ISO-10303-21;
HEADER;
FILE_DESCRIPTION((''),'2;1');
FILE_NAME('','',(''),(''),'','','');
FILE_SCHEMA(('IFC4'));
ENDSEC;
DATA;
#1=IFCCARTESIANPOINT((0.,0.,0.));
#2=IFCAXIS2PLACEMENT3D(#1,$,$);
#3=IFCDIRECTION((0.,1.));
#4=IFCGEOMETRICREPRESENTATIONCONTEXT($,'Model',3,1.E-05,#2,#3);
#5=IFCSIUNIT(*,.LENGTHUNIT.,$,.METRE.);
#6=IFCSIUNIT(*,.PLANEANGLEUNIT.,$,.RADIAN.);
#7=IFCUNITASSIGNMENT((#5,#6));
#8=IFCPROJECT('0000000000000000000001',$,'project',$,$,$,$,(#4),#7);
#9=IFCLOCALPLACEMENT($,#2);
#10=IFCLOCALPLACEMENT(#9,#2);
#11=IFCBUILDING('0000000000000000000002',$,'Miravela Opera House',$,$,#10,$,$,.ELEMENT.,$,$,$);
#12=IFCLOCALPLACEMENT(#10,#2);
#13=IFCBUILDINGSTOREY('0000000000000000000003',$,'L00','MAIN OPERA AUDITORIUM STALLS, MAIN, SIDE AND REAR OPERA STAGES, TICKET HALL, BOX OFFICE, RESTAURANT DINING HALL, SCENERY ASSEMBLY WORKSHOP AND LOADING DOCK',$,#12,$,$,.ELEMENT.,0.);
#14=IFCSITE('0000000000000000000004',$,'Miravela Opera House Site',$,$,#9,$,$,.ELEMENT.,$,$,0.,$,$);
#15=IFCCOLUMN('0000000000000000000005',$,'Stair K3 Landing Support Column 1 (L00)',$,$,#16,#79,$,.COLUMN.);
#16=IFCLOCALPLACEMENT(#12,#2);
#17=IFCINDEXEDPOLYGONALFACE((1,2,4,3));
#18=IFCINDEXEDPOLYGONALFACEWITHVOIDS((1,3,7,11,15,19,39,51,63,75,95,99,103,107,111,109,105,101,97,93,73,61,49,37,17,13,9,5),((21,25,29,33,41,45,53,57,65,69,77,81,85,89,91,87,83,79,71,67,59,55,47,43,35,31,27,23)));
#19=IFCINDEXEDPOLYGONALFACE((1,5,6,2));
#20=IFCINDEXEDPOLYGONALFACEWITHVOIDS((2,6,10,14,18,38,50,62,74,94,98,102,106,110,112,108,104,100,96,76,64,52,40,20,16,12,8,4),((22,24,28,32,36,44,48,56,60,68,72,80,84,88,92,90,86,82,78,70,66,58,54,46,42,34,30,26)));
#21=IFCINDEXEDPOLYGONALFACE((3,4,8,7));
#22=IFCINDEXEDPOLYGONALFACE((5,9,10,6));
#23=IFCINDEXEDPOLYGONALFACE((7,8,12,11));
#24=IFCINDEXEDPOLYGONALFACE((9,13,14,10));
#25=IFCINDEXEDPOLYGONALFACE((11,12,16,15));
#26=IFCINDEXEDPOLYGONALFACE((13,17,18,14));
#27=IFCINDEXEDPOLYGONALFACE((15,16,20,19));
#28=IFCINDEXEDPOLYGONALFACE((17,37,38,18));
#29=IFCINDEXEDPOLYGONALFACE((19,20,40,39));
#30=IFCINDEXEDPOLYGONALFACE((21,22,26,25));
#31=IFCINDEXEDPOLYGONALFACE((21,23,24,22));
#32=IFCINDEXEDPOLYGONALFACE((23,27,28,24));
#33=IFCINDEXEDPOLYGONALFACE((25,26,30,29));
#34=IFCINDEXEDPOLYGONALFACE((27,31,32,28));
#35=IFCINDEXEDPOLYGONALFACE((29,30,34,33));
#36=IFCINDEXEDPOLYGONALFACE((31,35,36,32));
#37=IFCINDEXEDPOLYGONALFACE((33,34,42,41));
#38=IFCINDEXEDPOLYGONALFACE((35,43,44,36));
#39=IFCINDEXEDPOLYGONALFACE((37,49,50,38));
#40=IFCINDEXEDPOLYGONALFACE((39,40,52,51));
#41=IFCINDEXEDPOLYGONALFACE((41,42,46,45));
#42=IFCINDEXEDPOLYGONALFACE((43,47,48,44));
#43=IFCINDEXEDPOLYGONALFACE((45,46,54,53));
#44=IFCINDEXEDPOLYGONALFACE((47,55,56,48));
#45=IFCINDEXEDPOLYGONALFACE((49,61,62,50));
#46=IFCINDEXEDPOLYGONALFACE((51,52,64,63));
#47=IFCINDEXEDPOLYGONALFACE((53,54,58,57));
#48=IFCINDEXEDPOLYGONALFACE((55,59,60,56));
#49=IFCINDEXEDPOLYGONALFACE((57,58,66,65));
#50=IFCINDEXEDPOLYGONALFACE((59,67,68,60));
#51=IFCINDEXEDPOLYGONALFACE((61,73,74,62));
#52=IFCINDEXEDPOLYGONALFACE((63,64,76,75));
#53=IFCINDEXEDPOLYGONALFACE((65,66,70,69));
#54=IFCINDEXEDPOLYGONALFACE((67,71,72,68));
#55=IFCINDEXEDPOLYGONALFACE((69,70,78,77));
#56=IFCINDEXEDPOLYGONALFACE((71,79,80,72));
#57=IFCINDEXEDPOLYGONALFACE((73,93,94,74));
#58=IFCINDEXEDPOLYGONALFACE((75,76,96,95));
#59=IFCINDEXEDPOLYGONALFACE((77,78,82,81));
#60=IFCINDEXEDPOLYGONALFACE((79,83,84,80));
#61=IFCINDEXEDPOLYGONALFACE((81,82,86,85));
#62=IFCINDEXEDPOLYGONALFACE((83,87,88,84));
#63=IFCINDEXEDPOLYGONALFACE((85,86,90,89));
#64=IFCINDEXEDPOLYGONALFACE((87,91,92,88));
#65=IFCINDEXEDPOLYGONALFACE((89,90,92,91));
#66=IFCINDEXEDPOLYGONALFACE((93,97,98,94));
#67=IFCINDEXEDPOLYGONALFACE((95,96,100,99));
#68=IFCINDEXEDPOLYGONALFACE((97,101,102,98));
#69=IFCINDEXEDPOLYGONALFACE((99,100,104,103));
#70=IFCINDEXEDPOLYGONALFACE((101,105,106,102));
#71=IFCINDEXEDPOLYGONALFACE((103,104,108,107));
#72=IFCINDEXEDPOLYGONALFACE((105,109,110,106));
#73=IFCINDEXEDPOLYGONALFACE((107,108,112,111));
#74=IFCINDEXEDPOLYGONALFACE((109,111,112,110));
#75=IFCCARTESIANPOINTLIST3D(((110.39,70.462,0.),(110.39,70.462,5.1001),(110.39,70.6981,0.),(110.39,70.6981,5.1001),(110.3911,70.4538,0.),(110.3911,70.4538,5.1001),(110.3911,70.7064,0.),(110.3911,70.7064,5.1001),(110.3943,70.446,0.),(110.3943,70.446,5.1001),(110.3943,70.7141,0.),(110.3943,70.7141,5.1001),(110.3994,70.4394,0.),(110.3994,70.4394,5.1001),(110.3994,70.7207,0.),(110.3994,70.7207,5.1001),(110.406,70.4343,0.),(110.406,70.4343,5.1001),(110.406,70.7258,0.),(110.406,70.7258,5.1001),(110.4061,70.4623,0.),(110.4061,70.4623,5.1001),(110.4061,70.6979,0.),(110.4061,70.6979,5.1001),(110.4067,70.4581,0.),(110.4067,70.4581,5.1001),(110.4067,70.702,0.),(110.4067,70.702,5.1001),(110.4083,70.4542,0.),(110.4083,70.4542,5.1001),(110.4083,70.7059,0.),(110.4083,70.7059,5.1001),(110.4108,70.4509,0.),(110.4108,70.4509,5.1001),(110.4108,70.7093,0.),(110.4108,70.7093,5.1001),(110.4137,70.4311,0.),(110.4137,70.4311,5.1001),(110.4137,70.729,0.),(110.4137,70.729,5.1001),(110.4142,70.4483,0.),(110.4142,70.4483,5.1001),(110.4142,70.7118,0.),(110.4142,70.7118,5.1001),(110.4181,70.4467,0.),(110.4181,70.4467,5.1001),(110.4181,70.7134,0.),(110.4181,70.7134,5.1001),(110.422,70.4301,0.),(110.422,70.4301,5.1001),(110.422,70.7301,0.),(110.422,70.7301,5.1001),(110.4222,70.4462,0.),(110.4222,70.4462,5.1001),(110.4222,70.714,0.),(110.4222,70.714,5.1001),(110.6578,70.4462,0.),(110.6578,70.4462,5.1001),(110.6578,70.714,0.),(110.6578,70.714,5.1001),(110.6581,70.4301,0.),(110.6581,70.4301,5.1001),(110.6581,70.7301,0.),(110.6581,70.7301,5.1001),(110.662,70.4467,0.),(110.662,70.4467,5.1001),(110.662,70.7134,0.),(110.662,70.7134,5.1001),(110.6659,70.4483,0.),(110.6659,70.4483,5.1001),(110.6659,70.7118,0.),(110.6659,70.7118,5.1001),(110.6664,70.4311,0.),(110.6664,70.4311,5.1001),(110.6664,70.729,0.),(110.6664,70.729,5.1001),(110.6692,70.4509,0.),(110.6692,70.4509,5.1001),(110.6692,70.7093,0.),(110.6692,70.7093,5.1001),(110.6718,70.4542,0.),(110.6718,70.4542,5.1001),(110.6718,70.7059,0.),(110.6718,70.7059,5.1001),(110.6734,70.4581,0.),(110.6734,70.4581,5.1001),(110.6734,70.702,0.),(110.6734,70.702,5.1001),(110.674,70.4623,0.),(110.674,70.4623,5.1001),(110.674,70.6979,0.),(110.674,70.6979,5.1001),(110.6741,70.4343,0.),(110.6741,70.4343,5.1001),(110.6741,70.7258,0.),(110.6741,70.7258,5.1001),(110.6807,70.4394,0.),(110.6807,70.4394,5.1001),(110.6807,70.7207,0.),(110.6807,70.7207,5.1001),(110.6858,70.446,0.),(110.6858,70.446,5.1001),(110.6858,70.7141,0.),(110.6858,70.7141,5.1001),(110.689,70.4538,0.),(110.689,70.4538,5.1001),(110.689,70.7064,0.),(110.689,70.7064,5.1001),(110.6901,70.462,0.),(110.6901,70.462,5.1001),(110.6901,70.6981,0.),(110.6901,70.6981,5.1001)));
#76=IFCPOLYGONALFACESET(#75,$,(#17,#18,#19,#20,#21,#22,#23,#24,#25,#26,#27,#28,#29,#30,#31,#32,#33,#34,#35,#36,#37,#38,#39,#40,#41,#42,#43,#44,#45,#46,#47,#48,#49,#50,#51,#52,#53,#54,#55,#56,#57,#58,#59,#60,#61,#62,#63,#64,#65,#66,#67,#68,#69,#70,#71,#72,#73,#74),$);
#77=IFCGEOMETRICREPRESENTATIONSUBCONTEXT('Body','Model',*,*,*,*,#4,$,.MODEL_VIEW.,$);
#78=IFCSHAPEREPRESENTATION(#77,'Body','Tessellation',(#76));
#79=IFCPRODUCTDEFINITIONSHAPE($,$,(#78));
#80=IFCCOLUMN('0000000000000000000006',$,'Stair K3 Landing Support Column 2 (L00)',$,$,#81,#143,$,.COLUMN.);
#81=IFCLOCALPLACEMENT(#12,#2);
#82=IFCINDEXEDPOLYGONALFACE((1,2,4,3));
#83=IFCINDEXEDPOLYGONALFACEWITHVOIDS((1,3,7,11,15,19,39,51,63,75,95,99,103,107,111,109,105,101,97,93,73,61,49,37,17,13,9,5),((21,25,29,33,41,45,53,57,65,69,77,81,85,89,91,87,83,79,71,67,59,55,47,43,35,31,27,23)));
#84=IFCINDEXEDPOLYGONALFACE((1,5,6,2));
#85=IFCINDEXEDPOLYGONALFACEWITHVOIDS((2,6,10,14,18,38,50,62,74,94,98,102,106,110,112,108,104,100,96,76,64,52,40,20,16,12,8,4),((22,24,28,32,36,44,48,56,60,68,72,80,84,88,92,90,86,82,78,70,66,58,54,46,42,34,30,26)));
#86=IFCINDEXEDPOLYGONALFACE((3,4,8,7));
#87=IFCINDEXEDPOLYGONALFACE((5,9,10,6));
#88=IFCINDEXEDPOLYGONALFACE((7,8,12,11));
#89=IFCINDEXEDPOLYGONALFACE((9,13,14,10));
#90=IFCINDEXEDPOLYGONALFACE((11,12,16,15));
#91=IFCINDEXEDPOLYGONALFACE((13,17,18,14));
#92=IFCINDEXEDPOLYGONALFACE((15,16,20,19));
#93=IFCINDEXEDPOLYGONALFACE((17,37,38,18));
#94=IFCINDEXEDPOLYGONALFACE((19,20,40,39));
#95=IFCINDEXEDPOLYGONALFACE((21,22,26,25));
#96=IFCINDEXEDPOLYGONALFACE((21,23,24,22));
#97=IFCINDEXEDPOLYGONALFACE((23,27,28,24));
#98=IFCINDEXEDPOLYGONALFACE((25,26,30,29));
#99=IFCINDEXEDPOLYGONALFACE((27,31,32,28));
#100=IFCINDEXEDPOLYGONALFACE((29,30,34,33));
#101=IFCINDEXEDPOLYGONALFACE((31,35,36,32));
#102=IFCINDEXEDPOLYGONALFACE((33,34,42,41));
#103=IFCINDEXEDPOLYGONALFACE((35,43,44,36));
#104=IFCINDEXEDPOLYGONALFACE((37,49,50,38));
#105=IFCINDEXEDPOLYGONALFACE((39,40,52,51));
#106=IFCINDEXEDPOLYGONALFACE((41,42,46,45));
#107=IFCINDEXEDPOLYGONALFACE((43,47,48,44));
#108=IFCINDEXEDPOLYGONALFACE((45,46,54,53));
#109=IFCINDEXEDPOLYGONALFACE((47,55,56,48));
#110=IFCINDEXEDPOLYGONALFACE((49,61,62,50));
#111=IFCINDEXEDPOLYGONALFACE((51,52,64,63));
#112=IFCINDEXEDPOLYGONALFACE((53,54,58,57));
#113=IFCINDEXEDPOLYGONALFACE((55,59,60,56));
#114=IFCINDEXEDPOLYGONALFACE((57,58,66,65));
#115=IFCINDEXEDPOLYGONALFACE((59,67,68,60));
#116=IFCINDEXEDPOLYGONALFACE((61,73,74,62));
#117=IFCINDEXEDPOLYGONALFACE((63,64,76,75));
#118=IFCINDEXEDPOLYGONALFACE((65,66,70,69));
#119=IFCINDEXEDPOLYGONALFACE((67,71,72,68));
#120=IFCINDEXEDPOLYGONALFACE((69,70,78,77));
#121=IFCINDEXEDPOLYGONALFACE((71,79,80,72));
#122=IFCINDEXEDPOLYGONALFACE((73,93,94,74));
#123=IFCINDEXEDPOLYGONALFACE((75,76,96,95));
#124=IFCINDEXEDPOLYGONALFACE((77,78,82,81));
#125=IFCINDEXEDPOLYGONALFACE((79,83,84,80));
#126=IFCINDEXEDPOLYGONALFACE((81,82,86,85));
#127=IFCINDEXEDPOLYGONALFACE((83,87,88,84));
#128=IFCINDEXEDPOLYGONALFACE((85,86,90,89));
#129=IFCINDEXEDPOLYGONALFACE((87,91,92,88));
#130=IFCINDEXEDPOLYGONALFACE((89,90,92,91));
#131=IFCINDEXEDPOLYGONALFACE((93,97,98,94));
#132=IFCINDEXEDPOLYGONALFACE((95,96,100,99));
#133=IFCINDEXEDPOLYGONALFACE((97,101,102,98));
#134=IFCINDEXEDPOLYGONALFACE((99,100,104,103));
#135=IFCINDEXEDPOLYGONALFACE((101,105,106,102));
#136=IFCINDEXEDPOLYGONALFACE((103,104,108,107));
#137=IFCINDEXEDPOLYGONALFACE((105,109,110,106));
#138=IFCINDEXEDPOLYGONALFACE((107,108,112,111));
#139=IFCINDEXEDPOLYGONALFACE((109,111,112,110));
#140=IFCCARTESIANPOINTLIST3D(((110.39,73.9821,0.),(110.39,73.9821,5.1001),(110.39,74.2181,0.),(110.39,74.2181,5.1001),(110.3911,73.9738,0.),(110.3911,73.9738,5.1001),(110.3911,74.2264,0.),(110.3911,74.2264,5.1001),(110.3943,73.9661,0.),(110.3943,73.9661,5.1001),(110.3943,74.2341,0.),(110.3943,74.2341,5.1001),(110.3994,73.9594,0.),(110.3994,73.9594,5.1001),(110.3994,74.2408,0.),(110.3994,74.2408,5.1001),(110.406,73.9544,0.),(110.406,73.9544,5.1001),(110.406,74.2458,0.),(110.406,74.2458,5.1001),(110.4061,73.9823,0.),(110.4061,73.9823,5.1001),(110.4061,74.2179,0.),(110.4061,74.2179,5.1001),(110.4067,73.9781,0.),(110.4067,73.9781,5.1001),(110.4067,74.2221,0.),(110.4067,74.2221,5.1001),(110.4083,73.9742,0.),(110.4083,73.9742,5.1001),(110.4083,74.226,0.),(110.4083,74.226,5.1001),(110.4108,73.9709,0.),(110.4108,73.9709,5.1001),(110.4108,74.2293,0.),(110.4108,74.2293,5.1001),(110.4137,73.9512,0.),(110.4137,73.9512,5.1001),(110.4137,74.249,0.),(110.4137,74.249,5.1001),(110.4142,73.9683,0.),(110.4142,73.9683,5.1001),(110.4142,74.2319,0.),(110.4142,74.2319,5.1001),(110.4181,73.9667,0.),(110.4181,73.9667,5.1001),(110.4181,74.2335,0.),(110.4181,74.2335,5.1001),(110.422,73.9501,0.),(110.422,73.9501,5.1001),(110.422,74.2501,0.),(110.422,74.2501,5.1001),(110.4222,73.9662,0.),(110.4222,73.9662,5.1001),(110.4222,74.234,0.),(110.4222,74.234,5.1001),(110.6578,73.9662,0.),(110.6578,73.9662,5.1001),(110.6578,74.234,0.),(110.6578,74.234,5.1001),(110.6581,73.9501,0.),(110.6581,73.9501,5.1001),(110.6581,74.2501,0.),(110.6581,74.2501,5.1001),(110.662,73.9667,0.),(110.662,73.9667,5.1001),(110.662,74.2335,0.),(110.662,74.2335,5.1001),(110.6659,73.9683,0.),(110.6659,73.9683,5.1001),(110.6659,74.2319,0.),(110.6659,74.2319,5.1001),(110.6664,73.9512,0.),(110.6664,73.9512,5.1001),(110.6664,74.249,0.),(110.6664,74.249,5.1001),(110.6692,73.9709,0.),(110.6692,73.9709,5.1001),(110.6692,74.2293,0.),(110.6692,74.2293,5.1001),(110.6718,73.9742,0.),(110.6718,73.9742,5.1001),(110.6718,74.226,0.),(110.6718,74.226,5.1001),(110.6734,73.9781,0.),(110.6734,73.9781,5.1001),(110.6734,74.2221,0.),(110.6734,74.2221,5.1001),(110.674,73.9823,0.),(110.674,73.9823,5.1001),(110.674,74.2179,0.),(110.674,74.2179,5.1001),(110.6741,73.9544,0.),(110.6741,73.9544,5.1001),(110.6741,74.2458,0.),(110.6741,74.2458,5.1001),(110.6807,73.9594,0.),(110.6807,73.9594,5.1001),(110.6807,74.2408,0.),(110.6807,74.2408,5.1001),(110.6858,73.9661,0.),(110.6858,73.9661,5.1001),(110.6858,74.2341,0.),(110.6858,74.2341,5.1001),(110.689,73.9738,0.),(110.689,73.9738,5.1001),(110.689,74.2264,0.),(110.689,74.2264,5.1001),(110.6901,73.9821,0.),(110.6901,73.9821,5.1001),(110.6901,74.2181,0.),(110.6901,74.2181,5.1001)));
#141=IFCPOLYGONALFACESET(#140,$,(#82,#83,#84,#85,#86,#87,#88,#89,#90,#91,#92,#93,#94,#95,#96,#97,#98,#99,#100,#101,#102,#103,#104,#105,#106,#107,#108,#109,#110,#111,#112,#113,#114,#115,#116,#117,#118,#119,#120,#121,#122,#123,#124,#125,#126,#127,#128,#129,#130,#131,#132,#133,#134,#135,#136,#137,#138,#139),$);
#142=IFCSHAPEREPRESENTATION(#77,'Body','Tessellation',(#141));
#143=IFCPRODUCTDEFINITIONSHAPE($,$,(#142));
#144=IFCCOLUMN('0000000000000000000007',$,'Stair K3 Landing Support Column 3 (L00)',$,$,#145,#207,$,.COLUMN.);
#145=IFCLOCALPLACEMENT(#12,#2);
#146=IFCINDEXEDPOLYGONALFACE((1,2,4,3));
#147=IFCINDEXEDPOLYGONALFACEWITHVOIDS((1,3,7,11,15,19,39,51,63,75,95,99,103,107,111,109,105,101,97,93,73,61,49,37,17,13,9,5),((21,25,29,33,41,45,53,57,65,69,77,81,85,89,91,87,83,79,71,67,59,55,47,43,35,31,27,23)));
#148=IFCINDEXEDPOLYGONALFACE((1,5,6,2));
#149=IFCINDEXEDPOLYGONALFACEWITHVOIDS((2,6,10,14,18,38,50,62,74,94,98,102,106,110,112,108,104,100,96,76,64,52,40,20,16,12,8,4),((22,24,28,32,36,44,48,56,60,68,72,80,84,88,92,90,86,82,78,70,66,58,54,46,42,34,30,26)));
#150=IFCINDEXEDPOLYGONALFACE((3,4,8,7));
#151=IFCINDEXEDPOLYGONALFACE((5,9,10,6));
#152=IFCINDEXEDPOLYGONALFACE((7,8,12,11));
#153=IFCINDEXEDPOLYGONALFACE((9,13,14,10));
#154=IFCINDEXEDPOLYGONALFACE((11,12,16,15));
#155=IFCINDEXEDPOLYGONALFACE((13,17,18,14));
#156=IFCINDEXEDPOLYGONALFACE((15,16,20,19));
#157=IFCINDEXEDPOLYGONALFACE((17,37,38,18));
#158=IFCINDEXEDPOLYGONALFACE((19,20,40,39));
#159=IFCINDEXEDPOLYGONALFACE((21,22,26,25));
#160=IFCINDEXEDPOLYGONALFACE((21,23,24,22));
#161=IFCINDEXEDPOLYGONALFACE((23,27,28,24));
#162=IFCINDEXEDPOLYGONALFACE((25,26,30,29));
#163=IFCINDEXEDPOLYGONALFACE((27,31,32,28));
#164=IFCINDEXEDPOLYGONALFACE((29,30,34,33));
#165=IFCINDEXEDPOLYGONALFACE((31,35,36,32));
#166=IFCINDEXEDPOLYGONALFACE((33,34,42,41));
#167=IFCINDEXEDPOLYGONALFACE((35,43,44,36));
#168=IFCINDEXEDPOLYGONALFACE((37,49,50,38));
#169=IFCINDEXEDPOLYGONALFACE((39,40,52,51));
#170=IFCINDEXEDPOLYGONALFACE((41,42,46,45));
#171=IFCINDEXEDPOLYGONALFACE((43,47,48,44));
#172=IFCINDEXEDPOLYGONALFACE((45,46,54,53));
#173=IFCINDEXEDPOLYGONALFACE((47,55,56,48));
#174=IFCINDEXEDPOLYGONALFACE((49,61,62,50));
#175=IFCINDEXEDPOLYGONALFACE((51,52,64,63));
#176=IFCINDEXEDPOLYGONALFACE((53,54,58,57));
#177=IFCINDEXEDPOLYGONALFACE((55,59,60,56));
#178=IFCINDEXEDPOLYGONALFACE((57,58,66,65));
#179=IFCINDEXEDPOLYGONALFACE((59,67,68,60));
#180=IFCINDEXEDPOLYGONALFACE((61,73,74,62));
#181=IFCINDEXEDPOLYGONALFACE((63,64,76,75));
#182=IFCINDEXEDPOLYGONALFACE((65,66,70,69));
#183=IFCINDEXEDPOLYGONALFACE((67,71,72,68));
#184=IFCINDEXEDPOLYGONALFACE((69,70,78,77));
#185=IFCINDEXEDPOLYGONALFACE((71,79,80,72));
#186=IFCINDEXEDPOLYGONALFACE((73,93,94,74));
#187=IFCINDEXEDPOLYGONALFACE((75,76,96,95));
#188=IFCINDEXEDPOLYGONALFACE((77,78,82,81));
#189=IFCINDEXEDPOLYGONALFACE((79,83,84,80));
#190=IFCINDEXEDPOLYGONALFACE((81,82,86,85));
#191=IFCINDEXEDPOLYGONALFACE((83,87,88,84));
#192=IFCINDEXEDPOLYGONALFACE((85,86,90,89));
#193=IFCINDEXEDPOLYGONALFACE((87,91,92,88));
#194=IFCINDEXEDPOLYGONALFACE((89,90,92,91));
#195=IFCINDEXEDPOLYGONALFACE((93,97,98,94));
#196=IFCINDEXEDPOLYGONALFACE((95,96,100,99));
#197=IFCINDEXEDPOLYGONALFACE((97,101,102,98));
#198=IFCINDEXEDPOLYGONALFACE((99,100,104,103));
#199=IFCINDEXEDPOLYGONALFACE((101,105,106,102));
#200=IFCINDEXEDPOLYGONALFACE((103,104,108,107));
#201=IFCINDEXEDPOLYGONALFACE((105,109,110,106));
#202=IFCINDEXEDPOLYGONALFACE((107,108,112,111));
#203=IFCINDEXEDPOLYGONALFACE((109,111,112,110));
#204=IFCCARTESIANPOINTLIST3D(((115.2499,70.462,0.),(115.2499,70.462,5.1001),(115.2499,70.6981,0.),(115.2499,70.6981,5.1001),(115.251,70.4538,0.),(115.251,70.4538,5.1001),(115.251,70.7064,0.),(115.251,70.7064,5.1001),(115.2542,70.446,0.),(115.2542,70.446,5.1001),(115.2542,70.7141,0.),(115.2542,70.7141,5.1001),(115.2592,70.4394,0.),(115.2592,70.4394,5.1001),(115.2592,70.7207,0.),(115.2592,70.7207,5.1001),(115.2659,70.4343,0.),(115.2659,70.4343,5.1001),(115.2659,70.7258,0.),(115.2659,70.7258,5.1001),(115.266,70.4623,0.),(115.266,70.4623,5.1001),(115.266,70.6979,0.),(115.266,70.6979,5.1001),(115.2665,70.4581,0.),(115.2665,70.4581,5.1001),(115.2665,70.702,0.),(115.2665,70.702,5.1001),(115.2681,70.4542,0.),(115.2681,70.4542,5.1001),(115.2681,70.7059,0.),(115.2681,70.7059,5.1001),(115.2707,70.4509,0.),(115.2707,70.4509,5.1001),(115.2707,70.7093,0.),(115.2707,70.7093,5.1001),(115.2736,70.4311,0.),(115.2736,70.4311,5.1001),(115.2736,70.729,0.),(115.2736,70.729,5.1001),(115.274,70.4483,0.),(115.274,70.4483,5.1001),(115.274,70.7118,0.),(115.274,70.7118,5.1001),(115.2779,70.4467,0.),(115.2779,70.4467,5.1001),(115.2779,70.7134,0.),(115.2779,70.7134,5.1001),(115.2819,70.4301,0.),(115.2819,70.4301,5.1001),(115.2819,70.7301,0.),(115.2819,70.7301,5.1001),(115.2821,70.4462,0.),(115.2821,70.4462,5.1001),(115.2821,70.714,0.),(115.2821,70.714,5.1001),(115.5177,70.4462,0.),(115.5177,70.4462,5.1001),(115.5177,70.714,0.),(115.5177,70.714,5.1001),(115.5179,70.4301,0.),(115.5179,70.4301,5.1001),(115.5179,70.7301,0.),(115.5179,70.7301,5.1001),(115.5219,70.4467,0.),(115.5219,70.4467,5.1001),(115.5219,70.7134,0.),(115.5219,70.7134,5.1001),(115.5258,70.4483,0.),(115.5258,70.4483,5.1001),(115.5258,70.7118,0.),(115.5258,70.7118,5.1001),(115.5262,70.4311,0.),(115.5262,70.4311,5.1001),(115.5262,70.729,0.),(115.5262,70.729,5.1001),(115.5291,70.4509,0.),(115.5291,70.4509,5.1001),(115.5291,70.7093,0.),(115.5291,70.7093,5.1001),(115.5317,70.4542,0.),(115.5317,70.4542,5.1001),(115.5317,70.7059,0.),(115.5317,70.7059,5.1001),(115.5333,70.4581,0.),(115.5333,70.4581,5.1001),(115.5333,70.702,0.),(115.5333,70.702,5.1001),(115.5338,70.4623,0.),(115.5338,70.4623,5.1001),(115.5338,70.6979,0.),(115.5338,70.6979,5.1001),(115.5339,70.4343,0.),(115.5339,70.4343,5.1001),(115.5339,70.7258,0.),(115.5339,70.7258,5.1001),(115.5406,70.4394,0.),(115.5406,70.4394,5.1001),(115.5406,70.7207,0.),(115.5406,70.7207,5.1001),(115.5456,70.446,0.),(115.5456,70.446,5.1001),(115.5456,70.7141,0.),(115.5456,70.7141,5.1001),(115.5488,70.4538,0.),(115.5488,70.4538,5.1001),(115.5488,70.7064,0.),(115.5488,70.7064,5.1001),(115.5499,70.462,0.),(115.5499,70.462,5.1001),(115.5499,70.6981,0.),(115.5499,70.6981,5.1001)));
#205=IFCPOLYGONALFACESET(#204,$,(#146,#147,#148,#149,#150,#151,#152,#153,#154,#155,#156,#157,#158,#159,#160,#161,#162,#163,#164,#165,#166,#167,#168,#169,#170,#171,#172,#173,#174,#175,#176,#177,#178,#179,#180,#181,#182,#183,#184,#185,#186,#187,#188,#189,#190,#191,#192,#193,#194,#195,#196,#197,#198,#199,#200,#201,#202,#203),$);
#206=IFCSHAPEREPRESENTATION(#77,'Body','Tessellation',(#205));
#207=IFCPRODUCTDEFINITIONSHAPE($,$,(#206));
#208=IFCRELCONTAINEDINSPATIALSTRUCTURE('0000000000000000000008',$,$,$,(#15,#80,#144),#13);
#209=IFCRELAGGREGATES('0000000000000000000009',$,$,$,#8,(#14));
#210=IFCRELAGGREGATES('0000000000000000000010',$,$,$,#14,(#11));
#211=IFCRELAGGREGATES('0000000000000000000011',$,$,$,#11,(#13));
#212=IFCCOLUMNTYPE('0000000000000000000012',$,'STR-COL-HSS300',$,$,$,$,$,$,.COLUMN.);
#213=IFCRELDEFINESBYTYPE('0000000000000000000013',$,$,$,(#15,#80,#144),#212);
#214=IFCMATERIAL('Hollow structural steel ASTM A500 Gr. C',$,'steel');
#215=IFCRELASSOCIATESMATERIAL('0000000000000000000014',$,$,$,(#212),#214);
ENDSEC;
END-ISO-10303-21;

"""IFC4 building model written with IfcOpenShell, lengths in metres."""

from ifc_helpers import new_model, si_unit, direction, frame, origin, origin_2d, place, context, subcontext, project, spatial, hollow_rectangle, extrude, material, material_profile, profile_set, type_object, element, save


model = new_model("IFC4")

# Units and contexts
model_context = context("Model", 3, precision=1e-05, world=origin(), true_north=direction((0.0, 1.0)))
body_context = subcontext(model_context, "Body", "Model", "MODEL_VIEW")
ifc_project = project(units=[si_unit("LENGTHUNIT", "METRE"), si_unit("PLANEANGLEUNIT", "RADIAN")], contexts=[model_context])

# Site, building, storey
site_placement = place(None, origin())
site = spatial("IfcSite", under=ifc_project, at=site_placement, Name="Miravela Opera House Site", CompositionType="ELEMENT", RefElevation=0.0)
building_placement = place(site_placement, origin())
building = spatial("IfcBuilding", under=site, at=building_placement, Name="Miravela Opera House", CompositionType="ELEMENT")
storey_placement = place(building_placement, origin())
storey = spatial("IfcBuildingStorey", under=building, at=storey_placement, Name="L00", Description="MAIN OPERA AUDITORIUM STALLS, MAIN, SIDE AND REAR OPERA STAGES, TICKET HALL, BOX OFFICE, RESTAURANT DINING HALL, SCENERY ASSEMBLY WORKSHOP AND LOADING DOCK", CompositionType="ELEMENT", Elevation=0.0)

# Columns
ifc_material_1 = material(Name="Hollow structural steel ASTM A500 Gr. C", Category="steel")
ifc_material_profile_1 = material_profile(ifc_material_1, hollow_rectangle(XDim=0.3, YDim=0.3, WallThickness=0.0161, InnerFilletRadius=0.0161, OuterFilletRadius=0.032, at=origin_2d()), Name="HSS300X300X16")
ifc_profile_set_1 = profile_set([ifc_material_profile_1])
column_type_1 = type_object("IfcColumnType", Name="STR-COL-HSS300", PredefinedType="COLUMN", material=ifc_profile_set_1)
for number, where, z_axis, x_axis, name in (
    (1, (110.54, 70.5801, 0.0), (0.0, 0.0, 1.0), (1.0, 0.0, 0.0), "Stair K3 Landing Support Column 1 (L00)"),
    (2, (110.54, 74.1001, 0.0), (0.0, 0.0, 1.0), (1.0, 0.0, 0.0), "Stair K3 Landing Support Column 2 (L00)"),
    (3, (115.3999, 70.5801, 0.0), (0.0, 0.0, 1.0), (1.0, 0.0, 0.0), "Stair K3 Landing Support Column 3 (L00)"),
):
    element("IfcColumn", number, at=place(storey_placement, frame(where, z_axis=z_axis, x_axis=x_axis)), inside=storey, type_object=column_type_1, Name=name, PredefinedType="COLUMN", context=body_context, shape_type="SweptSolid", body=[
        extrude(hollow_rectangle(XDim=0.3, YDim=0.3, WallThickness=0.0161, InnerFilletRadius=0.0161, OuterFilletRadius=0.032, at=origin_2d()), origin(), (0.0, 0.0, 1.0), 5.1001),
    ])

save(model, "model.ifc")
